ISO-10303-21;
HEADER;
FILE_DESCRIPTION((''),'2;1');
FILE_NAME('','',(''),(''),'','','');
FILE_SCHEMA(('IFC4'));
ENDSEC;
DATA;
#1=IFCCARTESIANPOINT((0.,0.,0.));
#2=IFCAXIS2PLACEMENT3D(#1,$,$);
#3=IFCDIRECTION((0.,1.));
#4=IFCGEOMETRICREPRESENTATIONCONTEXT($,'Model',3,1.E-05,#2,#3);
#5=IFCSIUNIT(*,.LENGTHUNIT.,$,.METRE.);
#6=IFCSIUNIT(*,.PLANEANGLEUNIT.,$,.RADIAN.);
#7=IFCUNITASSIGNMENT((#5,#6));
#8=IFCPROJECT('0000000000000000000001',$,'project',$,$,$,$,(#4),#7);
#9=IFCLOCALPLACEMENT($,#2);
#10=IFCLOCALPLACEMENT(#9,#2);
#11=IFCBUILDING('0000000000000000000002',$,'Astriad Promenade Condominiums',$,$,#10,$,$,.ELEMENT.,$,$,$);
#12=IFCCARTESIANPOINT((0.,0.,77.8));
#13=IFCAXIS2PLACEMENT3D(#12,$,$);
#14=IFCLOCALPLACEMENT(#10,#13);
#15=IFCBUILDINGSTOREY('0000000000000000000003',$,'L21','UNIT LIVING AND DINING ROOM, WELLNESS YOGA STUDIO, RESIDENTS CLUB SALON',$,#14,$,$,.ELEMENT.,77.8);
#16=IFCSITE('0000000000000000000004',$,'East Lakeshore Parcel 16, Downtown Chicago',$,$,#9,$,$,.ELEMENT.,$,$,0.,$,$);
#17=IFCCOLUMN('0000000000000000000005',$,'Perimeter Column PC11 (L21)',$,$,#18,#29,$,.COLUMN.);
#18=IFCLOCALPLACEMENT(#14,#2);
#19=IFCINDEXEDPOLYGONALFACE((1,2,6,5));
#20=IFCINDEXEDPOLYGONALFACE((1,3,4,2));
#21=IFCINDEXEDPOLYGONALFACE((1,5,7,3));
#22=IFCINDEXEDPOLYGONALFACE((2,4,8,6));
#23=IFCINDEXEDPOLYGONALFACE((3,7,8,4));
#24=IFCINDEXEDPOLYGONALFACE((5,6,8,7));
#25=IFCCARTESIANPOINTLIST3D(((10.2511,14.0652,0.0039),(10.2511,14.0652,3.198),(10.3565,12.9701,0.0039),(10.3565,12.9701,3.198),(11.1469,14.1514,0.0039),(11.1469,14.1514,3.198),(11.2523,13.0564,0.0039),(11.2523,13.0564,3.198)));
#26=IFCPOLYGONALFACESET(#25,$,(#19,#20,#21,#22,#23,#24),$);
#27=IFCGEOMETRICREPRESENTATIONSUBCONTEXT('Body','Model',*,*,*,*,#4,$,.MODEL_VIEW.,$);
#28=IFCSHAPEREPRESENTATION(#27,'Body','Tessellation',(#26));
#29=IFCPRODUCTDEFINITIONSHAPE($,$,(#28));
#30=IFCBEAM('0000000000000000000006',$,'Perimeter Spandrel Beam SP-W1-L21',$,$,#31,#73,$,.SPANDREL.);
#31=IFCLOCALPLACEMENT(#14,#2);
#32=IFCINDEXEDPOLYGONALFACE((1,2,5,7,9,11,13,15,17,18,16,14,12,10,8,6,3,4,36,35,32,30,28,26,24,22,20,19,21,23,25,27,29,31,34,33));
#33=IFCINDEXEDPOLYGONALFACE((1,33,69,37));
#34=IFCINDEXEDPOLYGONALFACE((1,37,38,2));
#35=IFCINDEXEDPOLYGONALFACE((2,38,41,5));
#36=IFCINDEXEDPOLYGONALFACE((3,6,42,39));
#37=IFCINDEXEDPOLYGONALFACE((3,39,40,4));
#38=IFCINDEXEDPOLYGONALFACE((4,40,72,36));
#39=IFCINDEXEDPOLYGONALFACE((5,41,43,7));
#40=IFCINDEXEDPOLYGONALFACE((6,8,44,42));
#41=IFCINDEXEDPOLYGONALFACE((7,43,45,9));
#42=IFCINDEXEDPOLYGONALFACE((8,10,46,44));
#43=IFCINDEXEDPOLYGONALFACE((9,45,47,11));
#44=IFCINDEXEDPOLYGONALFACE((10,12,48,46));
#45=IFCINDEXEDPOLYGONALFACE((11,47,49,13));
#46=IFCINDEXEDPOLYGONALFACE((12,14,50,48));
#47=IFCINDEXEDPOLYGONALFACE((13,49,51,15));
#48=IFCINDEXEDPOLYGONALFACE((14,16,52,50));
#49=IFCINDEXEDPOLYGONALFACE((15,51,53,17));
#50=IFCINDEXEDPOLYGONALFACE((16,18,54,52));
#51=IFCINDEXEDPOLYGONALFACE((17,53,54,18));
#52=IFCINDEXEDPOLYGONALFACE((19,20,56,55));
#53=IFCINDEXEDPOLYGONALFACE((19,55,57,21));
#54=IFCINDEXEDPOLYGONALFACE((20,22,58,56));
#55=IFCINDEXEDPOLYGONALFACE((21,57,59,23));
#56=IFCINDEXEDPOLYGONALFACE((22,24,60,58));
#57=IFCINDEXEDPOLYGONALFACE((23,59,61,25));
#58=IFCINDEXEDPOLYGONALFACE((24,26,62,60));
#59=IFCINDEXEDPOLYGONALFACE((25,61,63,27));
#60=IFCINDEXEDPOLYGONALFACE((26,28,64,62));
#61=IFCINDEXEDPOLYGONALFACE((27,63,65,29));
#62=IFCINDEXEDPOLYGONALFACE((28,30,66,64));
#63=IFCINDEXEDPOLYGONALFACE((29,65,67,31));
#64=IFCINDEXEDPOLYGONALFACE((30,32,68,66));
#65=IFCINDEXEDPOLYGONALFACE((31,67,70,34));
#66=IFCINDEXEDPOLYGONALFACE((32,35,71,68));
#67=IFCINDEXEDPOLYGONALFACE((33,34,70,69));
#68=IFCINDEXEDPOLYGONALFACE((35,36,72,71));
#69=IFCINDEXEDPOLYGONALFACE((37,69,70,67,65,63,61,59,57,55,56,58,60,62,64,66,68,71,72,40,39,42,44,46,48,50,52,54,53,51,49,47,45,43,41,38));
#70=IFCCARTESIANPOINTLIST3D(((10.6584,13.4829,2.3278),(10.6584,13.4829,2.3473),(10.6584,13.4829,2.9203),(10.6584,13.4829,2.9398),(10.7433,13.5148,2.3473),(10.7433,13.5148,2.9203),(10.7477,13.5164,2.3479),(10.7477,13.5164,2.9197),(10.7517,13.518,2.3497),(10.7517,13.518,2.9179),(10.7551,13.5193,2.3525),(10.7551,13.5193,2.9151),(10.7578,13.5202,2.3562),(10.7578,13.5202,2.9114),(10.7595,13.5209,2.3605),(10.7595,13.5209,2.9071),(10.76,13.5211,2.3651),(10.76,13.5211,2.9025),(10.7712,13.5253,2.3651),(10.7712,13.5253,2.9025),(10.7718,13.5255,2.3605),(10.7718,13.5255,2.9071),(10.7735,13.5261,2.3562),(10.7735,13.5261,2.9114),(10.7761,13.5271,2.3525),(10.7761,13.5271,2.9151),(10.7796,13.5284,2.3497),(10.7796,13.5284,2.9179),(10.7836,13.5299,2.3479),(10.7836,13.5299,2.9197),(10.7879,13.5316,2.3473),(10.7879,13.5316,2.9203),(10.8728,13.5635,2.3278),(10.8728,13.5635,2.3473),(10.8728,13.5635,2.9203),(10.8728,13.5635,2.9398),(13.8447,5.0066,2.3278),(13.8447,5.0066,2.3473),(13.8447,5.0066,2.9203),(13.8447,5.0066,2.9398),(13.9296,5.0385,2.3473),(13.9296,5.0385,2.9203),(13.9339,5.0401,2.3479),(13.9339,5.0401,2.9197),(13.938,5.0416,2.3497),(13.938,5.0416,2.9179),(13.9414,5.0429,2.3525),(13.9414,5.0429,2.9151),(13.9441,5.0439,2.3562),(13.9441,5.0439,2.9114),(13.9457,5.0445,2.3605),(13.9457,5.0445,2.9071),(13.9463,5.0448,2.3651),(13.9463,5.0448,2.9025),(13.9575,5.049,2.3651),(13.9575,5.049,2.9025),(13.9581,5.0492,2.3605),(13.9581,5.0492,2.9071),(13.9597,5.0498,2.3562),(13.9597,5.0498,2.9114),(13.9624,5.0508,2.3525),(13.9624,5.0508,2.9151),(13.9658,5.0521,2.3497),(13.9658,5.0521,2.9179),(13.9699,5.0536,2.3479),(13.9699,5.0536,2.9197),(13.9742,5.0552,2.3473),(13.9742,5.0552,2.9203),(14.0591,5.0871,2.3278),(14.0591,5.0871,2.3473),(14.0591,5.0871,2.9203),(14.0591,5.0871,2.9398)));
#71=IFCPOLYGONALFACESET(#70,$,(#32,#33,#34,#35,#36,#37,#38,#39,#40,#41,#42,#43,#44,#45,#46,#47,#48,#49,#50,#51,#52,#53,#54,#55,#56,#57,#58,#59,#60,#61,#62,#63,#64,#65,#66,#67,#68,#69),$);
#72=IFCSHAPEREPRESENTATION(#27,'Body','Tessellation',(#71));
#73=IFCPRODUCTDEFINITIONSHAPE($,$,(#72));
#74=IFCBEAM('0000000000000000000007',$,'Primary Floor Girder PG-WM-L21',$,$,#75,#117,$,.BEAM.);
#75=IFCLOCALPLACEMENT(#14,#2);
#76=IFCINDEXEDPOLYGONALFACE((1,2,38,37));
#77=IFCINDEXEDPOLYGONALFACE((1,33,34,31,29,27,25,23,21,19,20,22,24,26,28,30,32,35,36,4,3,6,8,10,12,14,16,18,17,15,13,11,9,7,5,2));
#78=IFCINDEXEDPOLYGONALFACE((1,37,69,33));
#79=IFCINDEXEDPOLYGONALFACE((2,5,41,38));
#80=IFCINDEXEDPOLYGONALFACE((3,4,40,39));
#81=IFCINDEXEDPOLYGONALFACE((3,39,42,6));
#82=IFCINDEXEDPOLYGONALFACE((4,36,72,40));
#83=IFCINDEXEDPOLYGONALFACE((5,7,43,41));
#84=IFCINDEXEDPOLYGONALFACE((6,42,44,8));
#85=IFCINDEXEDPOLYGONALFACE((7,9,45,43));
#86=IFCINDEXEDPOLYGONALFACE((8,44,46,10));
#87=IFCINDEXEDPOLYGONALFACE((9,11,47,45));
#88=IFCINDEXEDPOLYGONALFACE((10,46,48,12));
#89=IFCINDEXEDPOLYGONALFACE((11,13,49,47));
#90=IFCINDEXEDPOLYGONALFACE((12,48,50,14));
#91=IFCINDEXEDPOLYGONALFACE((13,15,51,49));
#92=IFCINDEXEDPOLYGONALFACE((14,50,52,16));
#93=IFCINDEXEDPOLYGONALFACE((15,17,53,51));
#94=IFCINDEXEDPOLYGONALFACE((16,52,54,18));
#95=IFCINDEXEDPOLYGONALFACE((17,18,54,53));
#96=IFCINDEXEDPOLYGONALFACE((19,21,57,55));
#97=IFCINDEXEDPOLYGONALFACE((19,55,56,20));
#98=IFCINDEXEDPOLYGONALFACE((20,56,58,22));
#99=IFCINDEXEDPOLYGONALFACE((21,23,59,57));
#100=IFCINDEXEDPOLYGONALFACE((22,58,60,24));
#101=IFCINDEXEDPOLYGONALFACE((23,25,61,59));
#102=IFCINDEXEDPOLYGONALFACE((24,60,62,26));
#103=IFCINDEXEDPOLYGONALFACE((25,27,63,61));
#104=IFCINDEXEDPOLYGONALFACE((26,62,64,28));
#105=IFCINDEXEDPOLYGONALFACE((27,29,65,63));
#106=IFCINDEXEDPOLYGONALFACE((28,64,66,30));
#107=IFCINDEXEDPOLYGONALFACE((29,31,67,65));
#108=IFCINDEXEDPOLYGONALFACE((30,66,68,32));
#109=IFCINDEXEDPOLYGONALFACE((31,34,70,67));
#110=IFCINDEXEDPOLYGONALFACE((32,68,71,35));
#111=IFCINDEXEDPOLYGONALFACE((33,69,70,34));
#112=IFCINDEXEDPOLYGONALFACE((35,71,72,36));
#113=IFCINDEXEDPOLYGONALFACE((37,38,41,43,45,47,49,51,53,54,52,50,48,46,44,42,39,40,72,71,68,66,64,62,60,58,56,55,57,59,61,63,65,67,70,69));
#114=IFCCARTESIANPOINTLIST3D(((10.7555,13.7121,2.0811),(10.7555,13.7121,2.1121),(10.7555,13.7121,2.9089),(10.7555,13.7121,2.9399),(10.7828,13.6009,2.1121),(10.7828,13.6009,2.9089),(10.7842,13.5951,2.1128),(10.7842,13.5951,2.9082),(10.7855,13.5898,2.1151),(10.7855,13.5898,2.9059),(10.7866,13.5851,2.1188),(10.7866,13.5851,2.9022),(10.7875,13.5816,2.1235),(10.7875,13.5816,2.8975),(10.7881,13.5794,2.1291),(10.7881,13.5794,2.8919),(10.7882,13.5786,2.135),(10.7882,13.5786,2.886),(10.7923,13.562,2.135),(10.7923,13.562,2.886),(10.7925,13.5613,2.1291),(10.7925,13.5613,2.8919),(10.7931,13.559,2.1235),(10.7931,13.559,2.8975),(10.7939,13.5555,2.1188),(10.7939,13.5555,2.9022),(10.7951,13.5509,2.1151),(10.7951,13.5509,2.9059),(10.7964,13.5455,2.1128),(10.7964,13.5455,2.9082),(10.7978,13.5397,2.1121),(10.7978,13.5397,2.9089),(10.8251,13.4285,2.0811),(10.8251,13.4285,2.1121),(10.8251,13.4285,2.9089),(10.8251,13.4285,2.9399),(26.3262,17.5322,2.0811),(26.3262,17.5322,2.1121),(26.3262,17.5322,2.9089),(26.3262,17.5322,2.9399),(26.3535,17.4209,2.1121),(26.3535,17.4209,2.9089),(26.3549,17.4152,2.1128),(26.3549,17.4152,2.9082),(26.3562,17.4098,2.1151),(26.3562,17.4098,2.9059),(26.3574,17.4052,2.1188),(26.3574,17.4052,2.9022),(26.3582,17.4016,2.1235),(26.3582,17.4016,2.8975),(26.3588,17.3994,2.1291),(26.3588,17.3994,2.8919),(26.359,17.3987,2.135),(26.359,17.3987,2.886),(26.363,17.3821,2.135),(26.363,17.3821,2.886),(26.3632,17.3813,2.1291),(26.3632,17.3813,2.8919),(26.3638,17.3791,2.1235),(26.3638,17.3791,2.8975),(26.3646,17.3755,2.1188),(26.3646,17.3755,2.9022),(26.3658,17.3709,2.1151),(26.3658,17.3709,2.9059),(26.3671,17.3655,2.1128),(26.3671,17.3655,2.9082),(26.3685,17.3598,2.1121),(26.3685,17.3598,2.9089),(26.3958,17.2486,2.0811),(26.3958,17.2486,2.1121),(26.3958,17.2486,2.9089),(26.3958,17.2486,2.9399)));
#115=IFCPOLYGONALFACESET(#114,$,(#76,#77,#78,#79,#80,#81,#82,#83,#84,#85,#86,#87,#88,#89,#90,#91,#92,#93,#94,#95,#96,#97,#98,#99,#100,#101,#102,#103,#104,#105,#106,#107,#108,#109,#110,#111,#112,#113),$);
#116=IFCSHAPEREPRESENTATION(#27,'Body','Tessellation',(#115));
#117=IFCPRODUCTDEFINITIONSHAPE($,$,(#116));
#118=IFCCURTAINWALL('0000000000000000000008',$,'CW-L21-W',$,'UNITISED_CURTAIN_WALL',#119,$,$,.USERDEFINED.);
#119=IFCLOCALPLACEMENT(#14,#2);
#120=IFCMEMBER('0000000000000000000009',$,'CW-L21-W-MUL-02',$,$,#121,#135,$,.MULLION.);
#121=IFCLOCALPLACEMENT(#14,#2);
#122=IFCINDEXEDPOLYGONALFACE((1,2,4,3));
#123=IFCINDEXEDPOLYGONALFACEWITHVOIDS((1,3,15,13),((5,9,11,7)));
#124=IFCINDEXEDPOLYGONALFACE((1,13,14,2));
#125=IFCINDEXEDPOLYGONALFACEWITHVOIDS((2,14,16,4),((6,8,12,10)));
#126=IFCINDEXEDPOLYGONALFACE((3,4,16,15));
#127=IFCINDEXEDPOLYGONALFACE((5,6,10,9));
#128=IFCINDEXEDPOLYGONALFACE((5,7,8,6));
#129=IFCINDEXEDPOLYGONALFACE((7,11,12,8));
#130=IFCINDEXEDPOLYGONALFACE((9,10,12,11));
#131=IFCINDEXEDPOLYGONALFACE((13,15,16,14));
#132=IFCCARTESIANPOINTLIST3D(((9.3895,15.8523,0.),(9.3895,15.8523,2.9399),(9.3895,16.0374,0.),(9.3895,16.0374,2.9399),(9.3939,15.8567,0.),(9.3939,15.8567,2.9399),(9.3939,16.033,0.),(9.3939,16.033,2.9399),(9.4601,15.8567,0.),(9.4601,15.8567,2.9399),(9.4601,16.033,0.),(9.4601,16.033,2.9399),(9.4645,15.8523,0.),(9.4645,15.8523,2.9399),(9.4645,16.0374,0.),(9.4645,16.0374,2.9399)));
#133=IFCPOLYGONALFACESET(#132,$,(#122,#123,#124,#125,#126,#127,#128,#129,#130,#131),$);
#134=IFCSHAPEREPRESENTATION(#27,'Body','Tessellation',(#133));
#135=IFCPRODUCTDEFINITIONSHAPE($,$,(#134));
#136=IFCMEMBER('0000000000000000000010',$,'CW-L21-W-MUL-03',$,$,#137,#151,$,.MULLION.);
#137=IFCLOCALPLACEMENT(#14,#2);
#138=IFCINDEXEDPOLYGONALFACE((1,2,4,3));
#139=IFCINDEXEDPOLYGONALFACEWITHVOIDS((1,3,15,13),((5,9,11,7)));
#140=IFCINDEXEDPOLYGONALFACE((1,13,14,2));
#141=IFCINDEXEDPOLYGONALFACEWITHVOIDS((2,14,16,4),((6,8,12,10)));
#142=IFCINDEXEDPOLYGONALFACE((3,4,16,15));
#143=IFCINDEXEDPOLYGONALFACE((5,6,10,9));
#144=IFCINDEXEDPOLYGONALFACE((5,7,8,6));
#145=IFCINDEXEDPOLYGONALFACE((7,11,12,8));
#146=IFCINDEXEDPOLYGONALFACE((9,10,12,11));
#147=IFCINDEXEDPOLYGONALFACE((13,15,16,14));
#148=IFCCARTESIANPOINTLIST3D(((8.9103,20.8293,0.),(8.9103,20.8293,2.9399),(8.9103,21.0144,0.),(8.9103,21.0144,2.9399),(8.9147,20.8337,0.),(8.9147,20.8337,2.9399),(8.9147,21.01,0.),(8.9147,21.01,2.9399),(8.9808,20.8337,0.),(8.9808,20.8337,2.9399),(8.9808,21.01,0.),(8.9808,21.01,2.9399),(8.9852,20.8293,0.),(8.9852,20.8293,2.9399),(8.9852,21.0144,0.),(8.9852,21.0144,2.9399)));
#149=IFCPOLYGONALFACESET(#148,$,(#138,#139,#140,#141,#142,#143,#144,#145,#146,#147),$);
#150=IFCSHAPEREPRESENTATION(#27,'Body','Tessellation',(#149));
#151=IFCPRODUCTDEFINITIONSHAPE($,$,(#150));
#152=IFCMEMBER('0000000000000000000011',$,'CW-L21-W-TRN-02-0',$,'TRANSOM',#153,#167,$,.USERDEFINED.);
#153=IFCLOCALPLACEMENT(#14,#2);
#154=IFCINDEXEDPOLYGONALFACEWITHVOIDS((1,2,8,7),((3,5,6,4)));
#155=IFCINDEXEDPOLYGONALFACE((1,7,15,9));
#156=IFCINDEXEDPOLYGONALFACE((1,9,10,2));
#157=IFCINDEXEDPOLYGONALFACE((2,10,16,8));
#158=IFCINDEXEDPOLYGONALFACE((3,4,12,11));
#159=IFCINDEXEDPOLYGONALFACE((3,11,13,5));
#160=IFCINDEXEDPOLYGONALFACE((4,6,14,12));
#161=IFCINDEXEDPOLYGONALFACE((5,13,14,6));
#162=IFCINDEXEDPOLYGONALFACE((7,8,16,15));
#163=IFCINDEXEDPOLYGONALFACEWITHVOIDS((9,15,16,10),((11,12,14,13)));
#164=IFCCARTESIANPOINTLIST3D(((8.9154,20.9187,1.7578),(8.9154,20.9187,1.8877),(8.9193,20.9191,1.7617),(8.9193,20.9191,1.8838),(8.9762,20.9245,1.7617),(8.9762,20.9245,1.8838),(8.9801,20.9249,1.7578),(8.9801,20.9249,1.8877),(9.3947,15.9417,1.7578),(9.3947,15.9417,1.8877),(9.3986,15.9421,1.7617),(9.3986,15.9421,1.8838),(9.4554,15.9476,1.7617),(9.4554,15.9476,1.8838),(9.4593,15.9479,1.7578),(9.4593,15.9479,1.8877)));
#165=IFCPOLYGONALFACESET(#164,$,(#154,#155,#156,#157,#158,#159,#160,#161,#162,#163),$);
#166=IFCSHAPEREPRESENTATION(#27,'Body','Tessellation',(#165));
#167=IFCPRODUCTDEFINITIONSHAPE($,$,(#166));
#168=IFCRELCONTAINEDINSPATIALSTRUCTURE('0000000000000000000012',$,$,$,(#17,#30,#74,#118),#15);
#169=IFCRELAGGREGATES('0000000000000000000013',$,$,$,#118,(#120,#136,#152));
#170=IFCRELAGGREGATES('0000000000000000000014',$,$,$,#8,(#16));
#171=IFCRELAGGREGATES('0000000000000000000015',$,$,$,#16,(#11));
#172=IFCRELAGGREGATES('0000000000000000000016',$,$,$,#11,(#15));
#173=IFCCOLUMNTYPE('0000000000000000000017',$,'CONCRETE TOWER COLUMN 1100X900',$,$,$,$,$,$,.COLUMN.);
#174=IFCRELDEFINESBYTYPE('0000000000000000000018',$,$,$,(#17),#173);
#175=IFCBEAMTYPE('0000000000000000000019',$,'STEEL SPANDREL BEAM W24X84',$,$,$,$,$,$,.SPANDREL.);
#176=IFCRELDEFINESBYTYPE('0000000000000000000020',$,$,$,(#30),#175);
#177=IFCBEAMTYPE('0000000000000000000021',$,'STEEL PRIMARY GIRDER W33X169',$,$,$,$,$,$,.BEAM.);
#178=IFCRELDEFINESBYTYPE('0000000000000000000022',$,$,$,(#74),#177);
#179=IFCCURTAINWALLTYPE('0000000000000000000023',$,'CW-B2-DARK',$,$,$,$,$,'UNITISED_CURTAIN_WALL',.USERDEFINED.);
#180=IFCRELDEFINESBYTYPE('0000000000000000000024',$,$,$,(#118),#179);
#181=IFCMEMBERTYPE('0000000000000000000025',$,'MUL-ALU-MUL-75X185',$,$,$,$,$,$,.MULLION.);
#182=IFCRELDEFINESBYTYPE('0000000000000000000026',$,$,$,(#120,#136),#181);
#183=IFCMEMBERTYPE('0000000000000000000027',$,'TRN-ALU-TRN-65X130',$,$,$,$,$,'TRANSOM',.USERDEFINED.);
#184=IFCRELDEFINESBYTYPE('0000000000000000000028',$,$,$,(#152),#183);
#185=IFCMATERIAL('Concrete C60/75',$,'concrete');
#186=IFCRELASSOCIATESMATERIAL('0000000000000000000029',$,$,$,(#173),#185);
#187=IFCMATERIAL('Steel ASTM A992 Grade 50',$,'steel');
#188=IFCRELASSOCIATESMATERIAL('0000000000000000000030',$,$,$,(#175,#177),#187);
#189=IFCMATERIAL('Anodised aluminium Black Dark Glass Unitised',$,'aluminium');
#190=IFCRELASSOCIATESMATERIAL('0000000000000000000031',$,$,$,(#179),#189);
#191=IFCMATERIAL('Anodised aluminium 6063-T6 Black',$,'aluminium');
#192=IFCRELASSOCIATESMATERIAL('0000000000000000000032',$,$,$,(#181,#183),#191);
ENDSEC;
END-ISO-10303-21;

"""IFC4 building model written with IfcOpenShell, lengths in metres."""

from ifc_helpers import new_model, si_unit, direction, frame, origin, origin_2d, place, context, subcontext, project, spatial, rectangle, hollow_rectangle, i_section, extrude, source, transform, mapped, material, material_profile, profile_set, type_object, type_shapes, element, aggregate, save


model = new_model("IFC4")

# Units and contexts
model_context = context("Model", 3, precision=1e-05, world=origin(), true_north=direction((0.0, 1.0)))
body_context = subcontext(model_context, "Body", "Model", "MODEL_VIEW")
ifc_project = project(units=[si_unit("LENGTHUNIT", "METRE"), si_unit("PLANEANGLEUNIT", "RADIAN")], contexts=[model_context])

# Site, building, storey
site_placement = place(None, origin())
site = spatial("IfcSite", under=ifc_project, at=site_placement, Name="East Lakeshore Parcel 16, Downtown Chicago", CompositionType="ELEMENT", RefElevation=0.0)
building_placement = place(site_placement, origin())
building = spatial("IfcBuilding", under=site, at=building_placement, Name="Astriad Promenade Condominiums", CompositionType="ELEMENT")
storey_placement = place(building_placement, frame((0.0, 0.0, 77.8)))
storey = spatial("IfcBuildingStorey", under=building, at=storey_placement, Name="L21", Description="UNIT LIVING AND DINING ROOM, WELLNESS YOGA STUDIO, RESIDENTS CLUB SALON", CompositionType="ELEMENT", Elevation=77.8)

# Column
ifc_material_1 = material(Name="Concrete C60/75", Category="concrete")
ifc_material_profile_1 = material_profile(ifc_material_1, rectangle(XDim=0.8999, YDim=1.1001, at=origin_2d()), Name="RC-COL-1100X900")
ifc_profile_set_1 = profile_set([ifc_material_profile_1], Name="Concrete C60/75")
column_type = type_object("IfcColumnType", Name="CONCRETE TOWER COLUMN 1100X900", PredefinedType="COLUMN", material=ifc_profile_set_1)
shared_shape_1 = source(origin(), body_context, "Body", "SweptSolid", [
    extrude(rectangle(XDim=0.8999, YDim=1.1001, at=origin_2d()), origin(), (0.0, 0.0, 1.0), 3.1941),
])
type_shapes(column_type, [shared_shape_1])
column_placement = place(storey_placement, frame((10.7517, 13.5608, 0.0039), z_axis=(0.0, 0.0, 1.0), x_axis=(0.995396, 0.095846, 0.0)))
element("IfcColumn", 1, at=column_placement, inside=storey, type_object=column_type, Name="Perimeter Column PC11 (L21)", PredefinedType="COLUMN", context=body_context, shape_type="MappedRepresentation", body=[
    mapped(shared_shape_1, transform((0.0, 0.0, 0.0), scale=1.0)),
])

# Beams
ifc_material_2 = material(Name="Steel ASTM A992 Grade 50", Category="steel")
ifc_material_profile_2 = material_profile(ifc_material_2, i_section(OverallWidth=0.229, OverallDepth=0.6121, WebThickness=0.012, FlangeThickness=0.0195, FilletRadius=0.0178, at=origin_2d()), Name="W24X84")
ifc_profile_set_2 = profile_set([ifc_material_profile_2], Name="Steel ASTM A992 Grade 50")
beam_type_1 = type_object("IfcBeamType", Name="STEEL SPANDREL BEAM W24X84", PredefinedType="SPANDREL", material=ifc_profile_set_2)
shared_shape_2 = source(origin(), body_context, "Body", "SweptSolid", [
    extrude(i_section(OverallWidth=0.229, OverallDepth=0.6121, WebThickness=0.012, FlangeThickness=0.0195, FilletRadius=0.0178, at=origin_2d()), origin(), (0.0, 0.0, 1.0), 9.0554),
])
type_shapes(beam_type_1, [shared_shape_2])
beam_1_placement = place(storey_placement, frame((10.7656, 13.5232, 2.6338), z_axis=(0.351865, -0.936051, 0.0), x_axis=(0.936051, 0.351865, 0.0)))
element("IfcBeam", 2, at=beam_1_placement, inside=storey, type_object=beam_type_1, Name="Perimeter Spandrel Beam SP-W1-L21", PredefinedType="SPANDREL", context=body_context, shape_type="MappedRepresentation", body=[
    mapped(shared_shape_2, transform((0.0, 0.0, 0.0), scale=1.0)),
])
ifc_material_profile_3 = material_profile(ifc_material_2, i_section(OverallWidth=0.292, OverallDepth=0.8589, WebThickness=0.0171, FlangeThickness=0.031, FilletRadius=0.0229, at=origin_2d()), Name="W33X169")
ifc_profile_set_3 = profile_set([ifc_material_profile_3], Name="Steel ASTM A992 Grade 50")
beam_type_2 = type_object("IfcBeamType", Name="STEEL PRIMARY GIRDER W33X169", PredefinedType="BEAM", material=ifc_profile_set_3)
shared_shape_3 = source(origin(), body_context, "Body", "SweptSolid", [
    extrude(i_section(OverallWidth=0.292, OverallDepth=0.8589, WebThickness=0.0171, FlangeThickness=0.031, FilletRadius=0.0229, at=origin_2d()), origin(), (0.0, 0.0, 1.0), 16.0325),
])
type_shapes(beam_type_2, [shared_shape_3])
beam_2_placement = place(storey_placement, frame((10.7903, 13.5703, 2.5105), z_axis=(0.971199, 0.238269, 0.0), x_axis=(-0.238269, 0.971199, 0.0)))
element("IfcBeam", 3, at=beam_2_placement, inside=storey, type_object=beam_type_2, Name="Primary Floor Girder PG-WM-L21", PredefinedType="BEAM", context=body_context, shape_type="MappedRepresentation", body=[
    mapped(shared_shape_3, transform((0.0, 0.0, 0.0), scale=1.0)),
])

# Curtain wall, members
ifc_material_3 = material(Name="Anodised aluminium Black Dark Glass Unitised", Category="aluminium")
curtain_wall_type = type_object("IfcCurtainWallType", Name="CW-B2-DARK", ElementType="UNITISED_CURTAIN_WALL", PredefinedType="USERDEFINED", material=ifc_material_3)
curtain_wall_placement = place(storey_placement, origin())
curtain_wall = element("IfcCurtainWall", 4, at=curtain_wall_placement, inside=storey, type_object=curtain_wall_type, Name="CW-L21-W", ObjectType="UNITISED_CURTAIN_WALL", PredefinedType="USERDEFINED")
ifc_material_4 = material(Name="Anodised aluminium 6063-T6 Black", Category="aluminium")
ifc_material_profile_4 = material_profile(ifc_material_4, hollow_rectangle(XDim=0.075, YDim=0.1851, WallThickness=0.0044, at=origin_2d()), Name="ALU-MUL-75X185")
ifc_profile_set_4 = profile_set([ifc_material_profile_4], Name="Anodised aluminium 6063-T6 Black")
member_type_1 = type_object("IfcMemberType", Name="MUL-ALU-MUL-75X185", PredefinedType="MULLION", material=ifc_profile_set_4)
shared_shape_4 = source(origin(), body_context, "Body", "SweptSolid", [
    extrude(hollow_rectangle(XDim=0.075, YDim=0.1851, WallThickness=0.0044, at=origin_2d()), origin(), (0.0, 0.0, 1.0), 2.9399),
])
type_shapes(member_type_1, [shared_shape_4])
member_1_placement = place(storey_placement, frame((9.427, 15.9448, 0.0), z_axis=(0.0, 0.0, 1.0), x_axis=(1.0, 0.0, 0.0)))
member_1 = element("IfcMember", 5, at=member_1_placement, type_object=member_type_1, Name="CW-L21-W-MUL-02", PredefinedType="MULLION", context=body_context, shape_type="MappedRepresentation", body=[
    mapped(shared_shape_4, transform((0.0, 0.0, 0.0), scale=1.0)),
])
member_2_placement = place(storey_placement, frame((8.9478, 20.9219, 0.0), z_axis=(0.0, 0.0, 1.0), x_axis=(1.0, 0.0, 0.0)))
member_2 = element("IfcMember", 6, at=member_2_placement, type_object=member_type_1, Name="CW-L21-W-MUL-03", PredefinedType="MULLION", context=body_context, shape_type="MappedRepresentation", body=[
    mapped(shared_shape_4, transform((0.0, 0.0, 0.0), scale=1.0)),
])
ifc_material_profile_5 = material_profile(ifc_material_4, hollow_rectangle(XDim=0.0649, YDim=0.1299, WallThickness=0.0039, at=origin_2d()), Name="ALU-TRN-65X130")
ifc_profile_set_5 = profile_set([ifc_material_profile_5], Name="Anodised aluminium 6063-T6 Black")
member_type_2 = type_object("IfcMemberType", Name="TRN-ALU-TRN-65X130", ElementType="TRANSOM", PredefinedType="USERDEFINED", material=ifc_profile_set_5)
shared_shape_5 = source(origin(), body_context, "Body", "SweptSolid", [
    extrude(hollow_rectangle(XDim=0.0649, YDim=0.1299, WallThickness=0.0039, at=origin_2d()), origin(), (0.0, 0.0, 1.0), 5.0),
])
type_shapes(member_type_2, [shared_shape_5])
member_3_placement = place(storey_placement, frame((9.427, 15.9448, 1.8228), z_axis=(-0.095848, 0.995396, 0.0), x_axis=(-0.995396, -0.095848, 0.0)))
member_3 = element("IfcMember", 7, at=member_3_placement, type_object=member_type_2, Name="CW-L21-W-TRN-02-0", ObjectType="TRANSOM", PredefinedType="USERDEFINED", context=body_context, shape_type="MappedRepresentation", body=[
    mapped(shared_shape_5, transform((0.0, 0.0, 0.0), scale=1.0)),
])
aggregate(curtain_wall, [member_1, member_2, member_3])

save(model, "model.ifc")
